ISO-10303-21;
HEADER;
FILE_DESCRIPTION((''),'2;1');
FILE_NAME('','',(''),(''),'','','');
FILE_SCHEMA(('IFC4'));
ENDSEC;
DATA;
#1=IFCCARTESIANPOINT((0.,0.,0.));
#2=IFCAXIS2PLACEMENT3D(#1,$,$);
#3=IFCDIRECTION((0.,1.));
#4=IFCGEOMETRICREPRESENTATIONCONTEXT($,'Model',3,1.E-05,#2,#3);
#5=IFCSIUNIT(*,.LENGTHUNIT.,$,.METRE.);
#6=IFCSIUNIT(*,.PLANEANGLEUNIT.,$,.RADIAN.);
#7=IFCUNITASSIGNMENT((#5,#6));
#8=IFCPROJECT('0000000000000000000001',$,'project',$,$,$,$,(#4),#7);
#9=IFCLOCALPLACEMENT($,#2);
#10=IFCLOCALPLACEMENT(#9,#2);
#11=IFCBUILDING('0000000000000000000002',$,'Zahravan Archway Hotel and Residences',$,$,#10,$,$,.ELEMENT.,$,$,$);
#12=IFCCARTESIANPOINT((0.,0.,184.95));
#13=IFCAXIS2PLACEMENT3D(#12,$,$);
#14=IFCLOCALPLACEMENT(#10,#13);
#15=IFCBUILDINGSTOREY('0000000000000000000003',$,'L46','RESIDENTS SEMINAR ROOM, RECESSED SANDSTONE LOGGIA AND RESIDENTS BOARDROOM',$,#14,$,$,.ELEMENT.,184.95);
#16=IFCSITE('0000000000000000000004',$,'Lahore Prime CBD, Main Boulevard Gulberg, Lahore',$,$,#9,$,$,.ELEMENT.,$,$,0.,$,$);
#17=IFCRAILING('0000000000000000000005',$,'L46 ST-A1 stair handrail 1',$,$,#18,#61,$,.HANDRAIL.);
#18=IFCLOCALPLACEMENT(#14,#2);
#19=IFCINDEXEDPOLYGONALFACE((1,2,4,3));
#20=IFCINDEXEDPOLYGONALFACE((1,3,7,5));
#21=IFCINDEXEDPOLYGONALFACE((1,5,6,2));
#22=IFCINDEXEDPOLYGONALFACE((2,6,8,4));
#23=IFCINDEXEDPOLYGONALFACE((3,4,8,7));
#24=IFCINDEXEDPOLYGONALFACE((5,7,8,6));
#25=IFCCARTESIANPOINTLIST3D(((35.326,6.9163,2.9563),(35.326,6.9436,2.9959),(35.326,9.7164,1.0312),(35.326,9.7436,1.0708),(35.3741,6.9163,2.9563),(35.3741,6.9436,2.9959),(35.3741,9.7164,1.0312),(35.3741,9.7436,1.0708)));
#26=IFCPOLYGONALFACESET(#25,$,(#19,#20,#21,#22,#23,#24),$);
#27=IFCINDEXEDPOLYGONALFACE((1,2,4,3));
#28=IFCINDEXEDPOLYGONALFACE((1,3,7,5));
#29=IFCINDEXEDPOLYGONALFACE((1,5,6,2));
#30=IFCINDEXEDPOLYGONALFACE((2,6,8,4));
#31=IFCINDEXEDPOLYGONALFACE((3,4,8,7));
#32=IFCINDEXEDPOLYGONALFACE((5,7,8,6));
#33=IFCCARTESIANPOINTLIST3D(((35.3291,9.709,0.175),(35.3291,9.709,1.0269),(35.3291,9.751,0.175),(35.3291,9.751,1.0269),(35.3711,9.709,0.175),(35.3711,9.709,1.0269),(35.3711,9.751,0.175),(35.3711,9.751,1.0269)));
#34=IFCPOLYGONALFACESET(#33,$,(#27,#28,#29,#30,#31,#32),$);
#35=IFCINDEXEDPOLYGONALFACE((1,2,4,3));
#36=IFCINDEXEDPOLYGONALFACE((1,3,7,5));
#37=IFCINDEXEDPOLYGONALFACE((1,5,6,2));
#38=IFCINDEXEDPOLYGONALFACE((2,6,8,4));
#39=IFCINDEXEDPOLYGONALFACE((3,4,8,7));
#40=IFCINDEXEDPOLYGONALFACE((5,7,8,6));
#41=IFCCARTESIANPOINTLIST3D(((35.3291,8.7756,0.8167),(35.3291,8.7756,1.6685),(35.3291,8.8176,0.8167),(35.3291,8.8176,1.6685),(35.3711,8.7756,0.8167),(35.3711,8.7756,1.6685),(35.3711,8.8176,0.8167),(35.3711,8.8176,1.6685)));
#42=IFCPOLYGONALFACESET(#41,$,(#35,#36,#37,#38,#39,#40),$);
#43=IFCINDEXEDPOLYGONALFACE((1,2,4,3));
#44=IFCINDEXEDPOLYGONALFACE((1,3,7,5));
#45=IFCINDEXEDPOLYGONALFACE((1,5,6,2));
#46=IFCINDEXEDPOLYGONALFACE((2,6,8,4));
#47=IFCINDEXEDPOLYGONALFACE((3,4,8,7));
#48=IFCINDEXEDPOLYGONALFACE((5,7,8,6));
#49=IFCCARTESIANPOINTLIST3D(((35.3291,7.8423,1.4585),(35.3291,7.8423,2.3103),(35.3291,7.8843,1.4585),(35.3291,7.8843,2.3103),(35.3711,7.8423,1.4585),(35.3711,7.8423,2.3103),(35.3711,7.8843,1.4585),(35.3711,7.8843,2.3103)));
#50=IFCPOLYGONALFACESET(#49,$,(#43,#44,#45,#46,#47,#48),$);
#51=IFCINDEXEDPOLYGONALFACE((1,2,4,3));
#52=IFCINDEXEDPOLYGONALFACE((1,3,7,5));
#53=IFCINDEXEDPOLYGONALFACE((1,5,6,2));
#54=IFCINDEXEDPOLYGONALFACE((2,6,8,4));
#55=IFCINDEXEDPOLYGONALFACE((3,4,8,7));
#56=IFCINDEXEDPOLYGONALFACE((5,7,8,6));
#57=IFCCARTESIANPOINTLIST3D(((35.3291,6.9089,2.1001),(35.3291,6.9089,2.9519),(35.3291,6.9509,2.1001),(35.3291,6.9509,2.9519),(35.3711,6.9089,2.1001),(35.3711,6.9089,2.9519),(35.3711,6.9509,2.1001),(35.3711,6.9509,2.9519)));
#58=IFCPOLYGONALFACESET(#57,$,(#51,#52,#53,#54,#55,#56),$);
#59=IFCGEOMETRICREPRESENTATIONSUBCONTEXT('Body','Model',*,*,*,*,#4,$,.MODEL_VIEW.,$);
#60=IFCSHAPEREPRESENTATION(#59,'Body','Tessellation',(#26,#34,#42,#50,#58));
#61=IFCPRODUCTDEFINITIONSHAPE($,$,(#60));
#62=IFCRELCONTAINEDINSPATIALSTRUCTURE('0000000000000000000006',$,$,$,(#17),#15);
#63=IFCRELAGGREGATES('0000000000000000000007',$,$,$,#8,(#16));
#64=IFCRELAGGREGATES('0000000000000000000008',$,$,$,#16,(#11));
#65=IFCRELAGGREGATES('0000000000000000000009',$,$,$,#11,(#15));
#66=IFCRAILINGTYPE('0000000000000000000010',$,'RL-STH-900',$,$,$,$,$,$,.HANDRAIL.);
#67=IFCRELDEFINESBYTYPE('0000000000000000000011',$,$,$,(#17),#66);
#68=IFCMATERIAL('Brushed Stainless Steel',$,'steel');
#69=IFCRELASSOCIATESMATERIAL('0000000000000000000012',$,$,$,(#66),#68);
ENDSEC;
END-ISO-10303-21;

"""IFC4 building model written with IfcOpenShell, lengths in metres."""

from ifc_helpers import new_model, si_unit, direction, frame, origin, origin_2d, place, context, subcontext, project, spatial, rectangle, extrude, material, type_object, element, save


model = new_model("IFC4")

# Units and contexts
model_context = context("Model", 3, precision=1e-05, world=origin(), true_north=direction((0.0, 1.0)))
body_context = subcontext(model_context, "Body", "Model", "MODEL_VIEW")
ifc_project = project(units=[si_unit("LENGTHUNIT", "METRE"), si_unit("PLANEANGLEUNIT", "RADIAN")], contexts=[model_context])

# Site, building, storey
site_placement = place(None, origin())
site = spatial("IfcSite", under=ifc_project, at=site_placement, Name="Lahore Prime CBD, Main Boulevard Gulberg, Lahore", CompositionType="ELEMENT", RefElevation=0.0)
building_placement = place(site_placement, origin())
building = spatial("IfcBuilding", under=site, at=building_placement, Name="Zahravan Archway Hotel and Residences", CompositionType="ELEMENT")
storey_placement = place(building_placement, frame((0.0, 0.0, 184.95)))
storey = spatial("IfcBuildingStorey", under=building, at=storey_placement, Name="L46", Description="RESIDENTS SEMINAR ROOM, RECESSED SANDSTONE LOGGIA AND RESIDENTS BOARDROOM", CompositionType="ELEMENT", Elevation=184.95)

# Railing
ifc_material_1 = material(Name="Brushed Stainless Steel", Category="steel")
railing_type_1 = type_object("IfcRailingType", Name="RL-STH-900", PredefinedType="HANDRAIL", material=ifc_material_1)
railing_1_placement = place(storey_placement, frame((35.3501, 9.73, 0.175)))
element("IfcRailing", 1, at=railing_1_placement, inside=storey, type_object=railing_type_1, Name="L46 ST-A1 stair handrail 1", PredefinedType="HANDRAIL", context=body_context, shape_type="SweptSolid", body=[
    extrude(rectangle(XDim=0.0481, YDim=0.0481, at=origin_2d()), frame((0.0, 0.0, 0.876), z_axis=(0.0, -0.82404, 0.566532), x_axis=(1.0, 0.0, 0.0)), (0.0, 0.0, 1.0), 3.3979),
    extrude(rectangle(XDim=0.042, YDim=0.042, at=origin_2d()), origin(), (0.0, 0.0, 1.0), 0.8518),
    extrude(rectangle(XDim=0.042, YDim=0.042, at=origin_2d()), frame((0.0, -0.9333, 0.6416)), (0.0, 0.0, 1.0), 0.8518),
    extrude(rectangle(XDim=0.042, YDim=0.042, at=origin_2d()), frame((0.0, -1.8667, 1.2834)), (0.0, 0.0, 1.0), 0.8518),
    extrude(rectangle(XDim=0.042, YDim=0.042, at=origin_2d()), frame((0.0, -2.8, 1.925)), (0.0, 0.0, 1.0), 0.8518),
])

save(model, "model.ifc")
